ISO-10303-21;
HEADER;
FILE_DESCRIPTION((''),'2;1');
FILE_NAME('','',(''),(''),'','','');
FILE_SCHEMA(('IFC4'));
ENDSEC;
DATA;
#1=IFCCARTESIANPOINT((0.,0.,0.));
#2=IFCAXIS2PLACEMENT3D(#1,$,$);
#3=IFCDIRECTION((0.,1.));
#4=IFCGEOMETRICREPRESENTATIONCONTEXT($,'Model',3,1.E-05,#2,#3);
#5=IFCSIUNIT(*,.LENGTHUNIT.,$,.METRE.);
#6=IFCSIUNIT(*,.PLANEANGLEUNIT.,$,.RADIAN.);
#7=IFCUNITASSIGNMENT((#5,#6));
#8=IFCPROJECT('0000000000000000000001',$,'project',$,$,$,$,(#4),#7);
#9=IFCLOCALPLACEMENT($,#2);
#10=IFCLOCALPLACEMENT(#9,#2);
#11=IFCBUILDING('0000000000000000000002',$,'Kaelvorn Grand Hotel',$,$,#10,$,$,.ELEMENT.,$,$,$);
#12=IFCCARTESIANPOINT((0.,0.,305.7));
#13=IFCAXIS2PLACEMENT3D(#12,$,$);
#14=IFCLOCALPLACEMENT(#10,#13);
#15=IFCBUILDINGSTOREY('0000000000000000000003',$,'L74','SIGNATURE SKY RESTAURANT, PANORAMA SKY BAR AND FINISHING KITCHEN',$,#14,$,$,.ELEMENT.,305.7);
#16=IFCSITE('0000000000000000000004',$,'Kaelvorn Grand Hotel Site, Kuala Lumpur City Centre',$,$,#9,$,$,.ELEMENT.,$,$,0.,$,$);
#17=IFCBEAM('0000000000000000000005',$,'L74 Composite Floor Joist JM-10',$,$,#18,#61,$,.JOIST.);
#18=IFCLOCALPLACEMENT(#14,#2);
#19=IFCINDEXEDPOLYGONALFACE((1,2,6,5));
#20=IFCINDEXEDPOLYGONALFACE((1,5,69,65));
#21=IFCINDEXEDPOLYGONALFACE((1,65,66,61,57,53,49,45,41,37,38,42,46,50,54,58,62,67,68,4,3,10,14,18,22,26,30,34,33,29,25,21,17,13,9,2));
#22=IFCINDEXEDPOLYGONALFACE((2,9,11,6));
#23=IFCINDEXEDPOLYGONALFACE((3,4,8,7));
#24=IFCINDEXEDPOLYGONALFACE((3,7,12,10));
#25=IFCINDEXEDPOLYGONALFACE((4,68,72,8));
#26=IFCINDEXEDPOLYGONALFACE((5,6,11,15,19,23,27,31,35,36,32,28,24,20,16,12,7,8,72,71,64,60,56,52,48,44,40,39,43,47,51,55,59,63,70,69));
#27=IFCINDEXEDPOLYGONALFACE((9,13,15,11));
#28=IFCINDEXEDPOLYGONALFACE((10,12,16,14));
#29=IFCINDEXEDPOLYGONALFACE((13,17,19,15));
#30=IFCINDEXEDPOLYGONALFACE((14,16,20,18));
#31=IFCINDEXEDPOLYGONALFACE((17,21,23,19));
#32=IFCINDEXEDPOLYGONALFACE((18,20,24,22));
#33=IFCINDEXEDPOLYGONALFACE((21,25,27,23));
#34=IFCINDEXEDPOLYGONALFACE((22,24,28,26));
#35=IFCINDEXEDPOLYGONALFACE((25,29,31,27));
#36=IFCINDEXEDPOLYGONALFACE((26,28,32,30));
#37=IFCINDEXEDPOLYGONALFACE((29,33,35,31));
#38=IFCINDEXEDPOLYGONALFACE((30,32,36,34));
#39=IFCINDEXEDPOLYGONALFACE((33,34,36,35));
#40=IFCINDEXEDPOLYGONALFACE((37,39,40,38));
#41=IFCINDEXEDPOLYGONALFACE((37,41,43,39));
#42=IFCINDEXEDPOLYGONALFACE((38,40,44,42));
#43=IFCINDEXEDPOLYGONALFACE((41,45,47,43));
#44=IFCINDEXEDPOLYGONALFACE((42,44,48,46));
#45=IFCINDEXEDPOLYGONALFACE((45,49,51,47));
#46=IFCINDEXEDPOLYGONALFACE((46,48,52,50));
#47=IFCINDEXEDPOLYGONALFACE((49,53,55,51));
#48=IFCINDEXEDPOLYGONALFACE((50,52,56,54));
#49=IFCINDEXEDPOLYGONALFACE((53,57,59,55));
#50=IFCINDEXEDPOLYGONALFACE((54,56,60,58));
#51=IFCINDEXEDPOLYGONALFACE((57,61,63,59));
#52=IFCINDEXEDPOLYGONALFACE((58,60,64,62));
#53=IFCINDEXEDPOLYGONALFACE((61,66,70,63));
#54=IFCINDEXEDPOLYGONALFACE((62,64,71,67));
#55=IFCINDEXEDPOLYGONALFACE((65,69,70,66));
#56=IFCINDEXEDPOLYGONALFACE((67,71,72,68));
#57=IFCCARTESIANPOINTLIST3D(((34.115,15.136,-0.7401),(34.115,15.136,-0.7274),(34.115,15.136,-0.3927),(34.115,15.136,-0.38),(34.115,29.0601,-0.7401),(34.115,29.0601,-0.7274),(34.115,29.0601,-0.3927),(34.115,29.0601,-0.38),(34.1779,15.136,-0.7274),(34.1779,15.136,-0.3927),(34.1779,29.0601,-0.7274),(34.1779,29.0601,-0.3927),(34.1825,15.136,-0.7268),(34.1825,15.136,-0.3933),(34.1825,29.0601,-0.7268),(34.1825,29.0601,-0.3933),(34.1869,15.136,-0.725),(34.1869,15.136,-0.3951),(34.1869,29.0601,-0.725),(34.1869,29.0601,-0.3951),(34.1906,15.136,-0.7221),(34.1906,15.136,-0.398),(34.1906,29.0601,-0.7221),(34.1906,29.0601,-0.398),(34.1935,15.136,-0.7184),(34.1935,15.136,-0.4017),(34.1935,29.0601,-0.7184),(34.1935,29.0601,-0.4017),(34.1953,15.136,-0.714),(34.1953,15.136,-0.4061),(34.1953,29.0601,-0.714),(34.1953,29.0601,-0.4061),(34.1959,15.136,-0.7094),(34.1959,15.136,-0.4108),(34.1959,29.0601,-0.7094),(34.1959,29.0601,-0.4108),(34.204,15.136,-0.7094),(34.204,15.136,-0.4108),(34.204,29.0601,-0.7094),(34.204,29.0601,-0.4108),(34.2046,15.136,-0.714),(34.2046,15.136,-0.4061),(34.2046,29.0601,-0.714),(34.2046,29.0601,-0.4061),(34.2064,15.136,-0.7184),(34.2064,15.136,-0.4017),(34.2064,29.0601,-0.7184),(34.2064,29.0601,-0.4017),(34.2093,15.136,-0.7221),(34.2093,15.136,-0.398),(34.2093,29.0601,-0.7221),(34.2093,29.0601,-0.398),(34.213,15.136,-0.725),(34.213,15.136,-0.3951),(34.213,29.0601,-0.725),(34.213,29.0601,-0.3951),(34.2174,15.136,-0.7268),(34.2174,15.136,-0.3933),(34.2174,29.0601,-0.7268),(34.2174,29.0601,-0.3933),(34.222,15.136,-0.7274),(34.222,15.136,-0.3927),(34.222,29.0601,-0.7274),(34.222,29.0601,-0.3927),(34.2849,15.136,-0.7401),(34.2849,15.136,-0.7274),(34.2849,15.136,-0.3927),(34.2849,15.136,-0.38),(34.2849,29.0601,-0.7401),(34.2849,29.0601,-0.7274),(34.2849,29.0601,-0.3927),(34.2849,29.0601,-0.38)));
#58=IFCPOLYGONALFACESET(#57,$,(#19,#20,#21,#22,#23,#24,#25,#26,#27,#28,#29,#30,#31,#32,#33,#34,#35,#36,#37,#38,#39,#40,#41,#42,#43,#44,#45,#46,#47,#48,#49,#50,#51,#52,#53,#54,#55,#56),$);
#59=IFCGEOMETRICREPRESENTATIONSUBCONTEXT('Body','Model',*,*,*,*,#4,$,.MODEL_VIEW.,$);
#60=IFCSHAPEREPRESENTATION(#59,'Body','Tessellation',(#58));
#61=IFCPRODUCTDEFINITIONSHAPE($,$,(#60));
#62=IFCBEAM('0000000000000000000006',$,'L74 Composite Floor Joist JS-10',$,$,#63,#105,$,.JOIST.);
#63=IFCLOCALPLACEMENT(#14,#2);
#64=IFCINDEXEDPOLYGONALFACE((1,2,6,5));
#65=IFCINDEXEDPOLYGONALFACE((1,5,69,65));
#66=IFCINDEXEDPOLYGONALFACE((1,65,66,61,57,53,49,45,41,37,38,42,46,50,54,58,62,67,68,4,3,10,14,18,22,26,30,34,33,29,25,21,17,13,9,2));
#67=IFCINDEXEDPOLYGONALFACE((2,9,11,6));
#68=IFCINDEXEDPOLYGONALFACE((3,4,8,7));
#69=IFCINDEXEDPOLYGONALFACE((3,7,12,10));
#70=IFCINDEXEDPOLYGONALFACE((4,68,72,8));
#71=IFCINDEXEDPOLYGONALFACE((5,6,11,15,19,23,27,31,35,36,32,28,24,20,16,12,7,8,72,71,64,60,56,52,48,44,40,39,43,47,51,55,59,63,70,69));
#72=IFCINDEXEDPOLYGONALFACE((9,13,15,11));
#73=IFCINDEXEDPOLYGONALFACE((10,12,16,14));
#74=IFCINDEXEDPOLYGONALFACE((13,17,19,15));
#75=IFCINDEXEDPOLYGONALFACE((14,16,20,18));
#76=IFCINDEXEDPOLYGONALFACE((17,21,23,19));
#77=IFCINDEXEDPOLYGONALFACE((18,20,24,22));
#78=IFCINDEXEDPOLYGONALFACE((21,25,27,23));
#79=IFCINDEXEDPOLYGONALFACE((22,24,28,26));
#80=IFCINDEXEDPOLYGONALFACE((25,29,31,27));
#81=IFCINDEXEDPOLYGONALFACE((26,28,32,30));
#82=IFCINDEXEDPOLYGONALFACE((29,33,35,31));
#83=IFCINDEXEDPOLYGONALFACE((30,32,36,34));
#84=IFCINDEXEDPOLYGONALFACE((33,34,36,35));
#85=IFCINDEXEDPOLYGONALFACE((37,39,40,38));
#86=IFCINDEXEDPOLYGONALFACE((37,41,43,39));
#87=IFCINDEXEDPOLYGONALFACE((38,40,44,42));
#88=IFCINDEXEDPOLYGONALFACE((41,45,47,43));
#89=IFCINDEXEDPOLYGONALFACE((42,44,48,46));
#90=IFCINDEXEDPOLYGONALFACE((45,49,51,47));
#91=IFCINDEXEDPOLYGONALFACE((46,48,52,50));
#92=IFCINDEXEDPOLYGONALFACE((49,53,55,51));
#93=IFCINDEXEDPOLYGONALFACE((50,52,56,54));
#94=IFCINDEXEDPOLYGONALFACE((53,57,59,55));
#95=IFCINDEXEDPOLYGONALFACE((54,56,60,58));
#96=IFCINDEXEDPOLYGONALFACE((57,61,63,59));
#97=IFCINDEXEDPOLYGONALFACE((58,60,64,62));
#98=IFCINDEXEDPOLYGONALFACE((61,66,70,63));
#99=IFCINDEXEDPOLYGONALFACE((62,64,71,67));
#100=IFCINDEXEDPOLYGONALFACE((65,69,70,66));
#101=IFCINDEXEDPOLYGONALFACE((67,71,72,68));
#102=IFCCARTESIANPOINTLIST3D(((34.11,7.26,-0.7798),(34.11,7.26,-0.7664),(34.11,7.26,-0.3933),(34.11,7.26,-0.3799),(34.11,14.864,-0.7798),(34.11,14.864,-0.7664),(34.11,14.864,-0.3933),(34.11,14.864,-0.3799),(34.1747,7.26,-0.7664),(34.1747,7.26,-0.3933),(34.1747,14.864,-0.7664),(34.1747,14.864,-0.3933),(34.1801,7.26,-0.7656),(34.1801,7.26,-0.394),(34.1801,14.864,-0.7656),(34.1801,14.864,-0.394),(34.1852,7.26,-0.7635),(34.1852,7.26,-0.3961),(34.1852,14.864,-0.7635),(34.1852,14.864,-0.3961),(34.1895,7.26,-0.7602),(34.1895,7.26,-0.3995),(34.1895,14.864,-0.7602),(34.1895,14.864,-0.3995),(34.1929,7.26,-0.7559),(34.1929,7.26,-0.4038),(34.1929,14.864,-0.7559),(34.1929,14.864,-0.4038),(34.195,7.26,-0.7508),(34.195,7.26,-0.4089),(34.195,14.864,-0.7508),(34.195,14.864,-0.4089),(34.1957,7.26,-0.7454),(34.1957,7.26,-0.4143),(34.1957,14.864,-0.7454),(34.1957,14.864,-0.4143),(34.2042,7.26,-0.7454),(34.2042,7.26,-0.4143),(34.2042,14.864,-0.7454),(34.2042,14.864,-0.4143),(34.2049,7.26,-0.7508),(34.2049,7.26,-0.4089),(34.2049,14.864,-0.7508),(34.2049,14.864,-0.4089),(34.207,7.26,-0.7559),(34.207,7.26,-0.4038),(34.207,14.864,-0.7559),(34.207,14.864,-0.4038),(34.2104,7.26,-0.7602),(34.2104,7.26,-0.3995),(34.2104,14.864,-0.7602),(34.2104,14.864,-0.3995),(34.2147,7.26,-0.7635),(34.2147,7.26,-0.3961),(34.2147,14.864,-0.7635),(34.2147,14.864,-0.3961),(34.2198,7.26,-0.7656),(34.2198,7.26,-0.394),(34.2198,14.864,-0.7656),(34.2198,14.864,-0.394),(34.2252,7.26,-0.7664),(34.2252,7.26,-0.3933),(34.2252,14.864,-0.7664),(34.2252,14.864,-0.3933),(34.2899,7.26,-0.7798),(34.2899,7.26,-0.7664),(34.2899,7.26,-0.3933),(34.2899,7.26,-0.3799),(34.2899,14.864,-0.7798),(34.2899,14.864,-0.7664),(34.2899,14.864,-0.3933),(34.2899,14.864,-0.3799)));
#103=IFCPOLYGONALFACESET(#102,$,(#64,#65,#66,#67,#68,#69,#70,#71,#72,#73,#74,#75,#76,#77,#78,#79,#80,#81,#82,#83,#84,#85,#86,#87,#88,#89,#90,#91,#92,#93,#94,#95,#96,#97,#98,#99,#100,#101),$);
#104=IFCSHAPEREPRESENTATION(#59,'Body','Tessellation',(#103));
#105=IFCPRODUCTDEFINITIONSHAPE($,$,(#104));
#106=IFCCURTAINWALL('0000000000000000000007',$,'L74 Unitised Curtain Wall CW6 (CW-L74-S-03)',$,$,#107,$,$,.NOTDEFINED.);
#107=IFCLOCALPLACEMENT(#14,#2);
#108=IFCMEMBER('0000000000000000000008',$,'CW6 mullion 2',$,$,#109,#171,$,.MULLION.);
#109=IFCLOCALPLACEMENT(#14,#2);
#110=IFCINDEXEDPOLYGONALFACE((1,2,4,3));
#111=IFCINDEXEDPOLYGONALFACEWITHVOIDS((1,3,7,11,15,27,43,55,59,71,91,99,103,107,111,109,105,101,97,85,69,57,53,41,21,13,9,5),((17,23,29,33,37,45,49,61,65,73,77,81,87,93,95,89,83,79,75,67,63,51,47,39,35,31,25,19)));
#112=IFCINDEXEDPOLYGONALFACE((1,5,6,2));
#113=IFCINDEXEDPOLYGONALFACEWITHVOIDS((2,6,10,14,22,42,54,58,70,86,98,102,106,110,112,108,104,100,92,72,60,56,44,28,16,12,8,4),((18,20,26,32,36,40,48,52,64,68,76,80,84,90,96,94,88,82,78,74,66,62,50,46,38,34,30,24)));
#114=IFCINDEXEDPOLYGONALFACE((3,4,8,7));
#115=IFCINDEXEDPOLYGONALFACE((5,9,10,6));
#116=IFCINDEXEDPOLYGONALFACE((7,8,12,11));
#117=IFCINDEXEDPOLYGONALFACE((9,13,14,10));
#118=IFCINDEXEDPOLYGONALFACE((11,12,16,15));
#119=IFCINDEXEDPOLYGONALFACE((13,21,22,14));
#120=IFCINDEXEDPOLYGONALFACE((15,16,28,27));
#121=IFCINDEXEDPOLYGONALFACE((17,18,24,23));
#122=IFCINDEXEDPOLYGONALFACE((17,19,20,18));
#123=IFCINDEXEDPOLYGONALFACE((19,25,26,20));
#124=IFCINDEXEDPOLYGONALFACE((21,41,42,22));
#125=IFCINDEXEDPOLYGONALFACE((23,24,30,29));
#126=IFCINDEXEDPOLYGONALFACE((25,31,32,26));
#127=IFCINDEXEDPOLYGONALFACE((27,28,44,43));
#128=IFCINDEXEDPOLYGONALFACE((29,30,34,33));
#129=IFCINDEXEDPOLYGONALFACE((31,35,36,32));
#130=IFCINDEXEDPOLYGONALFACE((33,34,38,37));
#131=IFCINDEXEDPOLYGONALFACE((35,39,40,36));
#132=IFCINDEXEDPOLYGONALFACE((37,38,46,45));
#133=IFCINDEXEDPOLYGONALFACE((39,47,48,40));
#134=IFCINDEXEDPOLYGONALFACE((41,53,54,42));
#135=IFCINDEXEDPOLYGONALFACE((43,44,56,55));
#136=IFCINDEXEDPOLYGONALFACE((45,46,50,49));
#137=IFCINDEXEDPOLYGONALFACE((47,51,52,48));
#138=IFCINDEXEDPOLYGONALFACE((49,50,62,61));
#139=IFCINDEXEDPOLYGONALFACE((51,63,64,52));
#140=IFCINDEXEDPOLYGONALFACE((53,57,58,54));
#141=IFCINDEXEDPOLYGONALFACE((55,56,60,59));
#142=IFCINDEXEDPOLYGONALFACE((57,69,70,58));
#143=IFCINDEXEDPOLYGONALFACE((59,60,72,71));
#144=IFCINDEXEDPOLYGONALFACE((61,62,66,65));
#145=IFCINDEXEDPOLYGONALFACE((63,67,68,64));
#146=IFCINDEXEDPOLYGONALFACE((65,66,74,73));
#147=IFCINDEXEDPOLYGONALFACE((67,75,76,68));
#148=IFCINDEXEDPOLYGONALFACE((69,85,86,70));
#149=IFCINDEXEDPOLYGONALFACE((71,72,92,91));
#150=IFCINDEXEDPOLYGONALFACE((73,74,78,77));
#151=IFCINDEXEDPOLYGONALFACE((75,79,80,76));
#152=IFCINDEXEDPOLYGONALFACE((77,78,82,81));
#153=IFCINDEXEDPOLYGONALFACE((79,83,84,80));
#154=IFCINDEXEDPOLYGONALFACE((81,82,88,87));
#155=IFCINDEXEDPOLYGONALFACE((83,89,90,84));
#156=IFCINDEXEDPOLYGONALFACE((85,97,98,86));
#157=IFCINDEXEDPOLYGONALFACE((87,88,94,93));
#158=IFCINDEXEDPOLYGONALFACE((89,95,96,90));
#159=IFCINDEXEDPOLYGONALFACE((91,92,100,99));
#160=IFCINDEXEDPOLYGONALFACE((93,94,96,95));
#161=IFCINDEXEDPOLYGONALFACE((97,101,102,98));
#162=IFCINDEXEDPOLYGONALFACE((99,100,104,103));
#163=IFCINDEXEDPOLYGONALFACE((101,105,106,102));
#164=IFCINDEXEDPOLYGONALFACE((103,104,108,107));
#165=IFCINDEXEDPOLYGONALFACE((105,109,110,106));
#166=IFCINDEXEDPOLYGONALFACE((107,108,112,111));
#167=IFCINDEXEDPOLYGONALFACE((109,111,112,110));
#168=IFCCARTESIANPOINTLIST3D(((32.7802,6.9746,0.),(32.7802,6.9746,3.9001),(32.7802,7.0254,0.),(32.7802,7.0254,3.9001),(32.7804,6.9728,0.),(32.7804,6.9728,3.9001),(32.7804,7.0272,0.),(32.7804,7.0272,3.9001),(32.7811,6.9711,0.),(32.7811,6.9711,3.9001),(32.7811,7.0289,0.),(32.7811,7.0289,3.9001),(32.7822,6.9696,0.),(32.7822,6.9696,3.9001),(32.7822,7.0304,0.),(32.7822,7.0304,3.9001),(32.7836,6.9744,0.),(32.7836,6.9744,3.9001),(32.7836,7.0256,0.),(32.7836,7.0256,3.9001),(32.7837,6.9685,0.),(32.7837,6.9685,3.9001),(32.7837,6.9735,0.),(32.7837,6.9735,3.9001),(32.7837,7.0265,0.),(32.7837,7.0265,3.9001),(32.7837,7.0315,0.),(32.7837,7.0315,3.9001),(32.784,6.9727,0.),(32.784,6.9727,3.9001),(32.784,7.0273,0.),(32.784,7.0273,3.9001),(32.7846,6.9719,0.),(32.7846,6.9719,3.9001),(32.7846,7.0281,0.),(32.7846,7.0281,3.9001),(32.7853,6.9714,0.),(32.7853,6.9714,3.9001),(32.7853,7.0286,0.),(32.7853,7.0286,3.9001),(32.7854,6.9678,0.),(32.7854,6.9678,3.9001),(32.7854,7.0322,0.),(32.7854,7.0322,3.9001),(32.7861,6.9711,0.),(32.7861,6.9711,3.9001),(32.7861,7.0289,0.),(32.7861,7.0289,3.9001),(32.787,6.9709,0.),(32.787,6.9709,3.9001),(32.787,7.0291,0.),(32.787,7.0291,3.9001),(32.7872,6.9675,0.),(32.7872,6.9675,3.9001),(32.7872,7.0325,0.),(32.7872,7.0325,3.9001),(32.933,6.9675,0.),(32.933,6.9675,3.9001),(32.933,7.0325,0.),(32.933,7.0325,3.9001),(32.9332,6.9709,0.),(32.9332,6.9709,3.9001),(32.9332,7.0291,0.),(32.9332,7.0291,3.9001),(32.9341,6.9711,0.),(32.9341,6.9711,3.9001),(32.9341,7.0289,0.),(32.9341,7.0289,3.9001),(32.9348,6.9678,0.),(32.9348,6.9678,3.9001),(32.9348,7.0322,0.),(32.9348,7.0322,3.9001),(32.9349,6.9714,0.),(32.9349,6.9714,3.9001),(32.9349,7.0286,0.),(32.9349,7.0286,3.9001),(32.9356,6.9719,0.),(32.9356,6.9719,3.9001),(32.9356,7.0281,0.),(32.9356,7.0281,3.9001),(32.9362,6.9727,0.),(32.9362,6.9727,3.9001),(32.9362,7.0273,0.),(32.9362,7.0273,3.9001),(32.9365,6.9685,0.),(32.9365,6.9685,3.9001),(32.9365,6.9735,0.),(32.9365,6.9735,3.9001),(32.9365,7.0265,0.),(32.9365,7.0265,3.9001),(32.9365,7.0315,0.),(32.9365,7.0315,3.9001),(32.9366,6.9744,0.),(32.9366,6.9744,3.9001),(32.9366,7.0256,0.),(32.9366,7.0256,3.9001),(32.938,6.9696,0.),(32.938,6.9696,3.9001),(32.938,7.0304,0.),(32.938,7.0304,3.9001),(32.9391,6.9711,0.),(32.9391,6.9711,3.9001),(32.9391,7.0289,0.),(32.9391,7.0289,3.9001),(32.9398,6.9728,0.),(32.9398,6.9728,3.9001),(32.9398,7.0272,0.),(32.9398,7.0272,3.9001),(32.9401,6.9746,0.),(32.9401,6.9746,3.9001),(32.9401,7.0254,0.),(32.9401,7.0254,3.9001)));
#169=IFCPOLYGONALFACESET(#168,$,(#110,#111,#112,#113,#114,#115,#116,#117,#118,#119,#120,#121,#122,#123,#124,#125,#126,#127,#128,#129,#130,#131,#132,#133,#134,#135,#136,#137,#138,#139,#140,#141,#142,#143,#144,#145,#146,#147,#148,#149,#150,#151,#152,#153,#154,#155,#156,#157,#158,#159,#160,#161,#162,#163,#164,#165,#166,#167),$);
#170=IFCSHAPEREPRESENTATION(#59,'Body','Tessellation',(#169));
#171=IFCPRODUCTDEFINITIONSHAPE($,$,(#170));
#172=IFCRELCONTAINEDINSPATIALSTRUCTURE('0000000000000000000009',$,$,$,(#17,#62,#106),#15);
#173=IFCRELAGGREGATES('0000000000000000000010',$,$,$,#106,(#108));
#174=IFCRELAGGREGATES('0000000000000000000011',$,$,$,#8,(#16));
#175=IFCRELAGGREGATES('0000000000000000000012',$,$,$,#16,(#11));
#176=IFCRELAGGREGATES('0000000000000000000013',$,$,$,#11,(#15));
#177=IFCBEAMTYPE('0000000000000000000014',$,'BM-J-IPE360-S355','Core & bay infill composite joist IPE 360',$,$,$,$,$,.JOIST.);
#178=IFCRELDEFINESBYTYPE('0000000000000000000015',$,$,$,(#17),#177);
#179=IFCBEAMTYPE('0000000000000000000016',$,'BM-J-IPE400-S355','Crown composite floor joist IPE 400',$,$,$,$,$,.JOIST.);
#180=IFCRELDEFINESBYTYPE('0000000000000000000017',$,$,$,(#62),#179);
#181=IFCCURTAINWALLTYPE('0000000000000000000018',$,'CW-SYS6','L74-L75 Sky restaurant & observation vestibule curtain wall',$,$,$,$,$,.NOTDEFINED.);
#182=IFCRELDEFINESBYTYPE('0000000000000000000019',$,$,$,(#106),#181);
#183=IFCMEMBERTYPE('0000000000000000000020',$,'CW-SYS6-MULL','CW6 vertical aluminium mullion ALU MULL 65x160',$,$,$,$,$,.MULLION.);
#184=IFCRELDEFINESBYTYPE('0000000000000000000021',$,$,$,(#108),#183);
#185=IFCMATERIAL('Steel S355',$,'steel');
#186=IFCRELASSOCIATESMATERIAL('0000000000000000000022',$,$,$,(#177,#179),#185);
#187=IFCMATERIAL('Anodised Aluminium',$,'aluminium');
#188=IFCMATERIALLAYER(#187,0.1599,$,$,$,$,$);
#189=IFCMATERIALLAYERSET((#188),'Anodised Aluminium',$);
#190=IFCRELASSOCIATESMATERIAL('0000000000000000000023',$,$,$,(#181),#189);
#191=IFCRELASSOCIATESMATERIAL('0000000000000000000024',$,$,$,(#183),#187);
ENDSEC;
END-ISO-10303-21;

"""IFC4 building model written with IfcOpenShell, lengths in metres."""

from ifc_helpers import new_model, si_unit, direction, frame, origin, origin_2d, place, context, subcontext, project, spatial, hollow_rectangle, i_section, extrude, material, layer, layer_set, material_profile, profile_set, type_object, element, aggregate, save


model = new_model("IFC4")

# Units and contexts
model_context = context("Model", 3, precision=1e-05, world=origin(), true_north=direction((0.0, 1.0)))
body_context = subcontext(model_context, "Body", "Model", "MODEL_VIEW")
ifc_project = project(units=[si_unit("LENGTHUNIT", "METRE"), si_unit("PLANEANGLEUNIT", "RADIAN")], contexts=[model_context])

# Site, building, storey
site_placement = place(None, origin())
site = spatial("IfcSite", under=ifc_project, at=site_placement, Name="Kaelvorn Grand Hotel Site, Kuala Lumpur City Centre", CompositionType="ELEMENT", RefElevation=0.0)
building_placement = place(site_placement, origin())
building = spatial("IfcBuilding", under=site, at=building_placement, Name="Kaelvorn Grand Hotel", CompositionType="ELEMENT")
storey_placement = place(building_placement, frame((0.0, 0.0, 305.7)))
storey = spatial("IfcBuildingStorey", under=building, at=storey_placement, Name="L74", Description="SIGNATURE SKY RESTAURANT, PANORAMA SKY BAR AND FINISHING KITCHEN", CompositionType="ELEMENT", Elevation=305.7)

# Beams
ifc_material_1 = material(Name="Steel S355", Category="steel")
ifc_material_profile_1 = material_profile(ifc_material_1, i_section(OverallWidth=0.1699, OverallDepth=0.3601, WebThickness=0.0081, FlangeThickness=0.0127, FilletRadius=0.0181, at=origin_2d()), Name="IPE 360")
ifc_profile_set_1 = profile_set([ifc_material_profile_1], Name="Steel S355")
beam_type_1 = type_object("IfcBeamType", Name="BM-J-IPE360-S355", Description="Core & bay infill composite joist IPE 360", PredefinedType="JOIST", material=ifc_profile_set_1)
beam_1_placement = place(storey_placement, frame((34.2, 15.136, -0.5601), z_axis=(0.0, 1.0, 0.0), x_axis=(-1.0, 0.0, 0.0)))
element("IfcBeam", 1, at=beam_1_placement, inside=storey, type_object=beam_type_1, Name="L74 Composite Floor Joist JM-10", PredefinedType="JOIST", context=body_context, shape_type="SweptSolid", body=[
    extrude(i_section(OverallWidth=0.1699, OverallDepth=0.3601, WebThickness=0.0081, FlangeThickness=0.0127, FilletRadius=0.0181, at=origin_2d()), origin(), (0.0, 0.0, 1.0), 13.9241),
])
ifc_material_profile_2 = material_profile(ifc_material_1, i_section(OverallWidth=0.1799, OverallDepth=0.3999, WebThickness=0.0085, FlangeThickness=0.0134, FilletRadius=0.021, at=origin_2d()), Name="IPE 400")
ifc_profile_set_2 = profile_set([ifc_material_profile_2], Name="Steel S355")
beam_type_2 = type_object("IfcBeamType", Name="BM-J-IPE400-S355", Description="Crown composite floor joist IPE 400", PredefinedType="JOIST", material=ifc_profile_set_2)
beam_2_placement = place(storey_placement, frame((34.2, 7.26, -0.5798), z_axis=(0.0, 1.0, 0.0), x_axis=(-1.0, 0.0, 0.0)))
element("IfcBeam", 2, at=beam_2_placement, inside=storey, type_object=beam_type_2, Name="L74 Composite Floor Joist JS-10", PredefinedType="JOIST", context=body_context, shape_type="SweptSolid", body=[
    extrude(i_section(OverallWidth=0.1799, OverallDepth=0.3999, WebThickness=0.0085, FlangeThickness=0.0134, FilletRadius=0.021, at=origin_2d()), origin(), (0.0, 0.0, 1.0), 7.604),
])

# Curtain wall, member
ifc_material_2 = material(Name="Anodised Aluminium", Category="aluminium")
ifc_layer_1 = layer(ifc_material_2, 0.1599)
ifc_layer_set_1 = layer_set([ifc_layer_1], Name="Anodised Aluminium")
curtain_wall_type = type_object("IfcCurtainWallType", Name="CW-SYS6", Description="L74-L75 Sky restaurant & observation vestibule curtain wall", PredefinedType="NOTDEFINED", material=ifc_layer_set_1)
curtain_wall_placement = place(storey_placement, origin())
curtain_wall = element("IfcCurtainWall", 3, at=curtain_wall_placement, inside=storey, type_object=curtain_wall_type, Name="L74 Unitised Curtain Wall CW6 (CW-L74-S-03)", PredefinedType="NOTDEFINED")
ifc_material_profile_3 = material_profile(ifc_material_2, hollow_rectangle(XDim=0.0649, YDim=0.1599, WallThickness=0.0034, InnerFilletRadius=0.0034, OuterFilletRadius=0.0071, at=origin_2d()), Name="ALU MULL 65x160")
ifc_profile_set_3 = profile_set([ifc_material_profile_3], Name="Anodised Aluminium")
member_type_1 = type_object("IfcMemberType", Name="CW-SYS6-MULL", Description="CW6 vertical aluminium mullion ALU MULL 65x160", PredefinedType="MULLION", material=ifc_profile_set_3)
member_1_placement = place(storey_placement, frame((32.8601, 7.0, 0.0), z_axis=(0.0, 0.0, 1.0), x_axis=(0.0, 1.0, 0.0)))
member_1 = element("IfcMember", 4, at=member_1_placement, type_object=member_type_1, Name="CW6 mullion 2", PredefinedType="MULLION", context=body_context, shape_type="SweptSolid", body=[
    extrude(hollow_rectangle(XDim=0.0649, YDim=0.1599, WallThickness=0.0034, InnerFilletRadius=0.0034, OuterFilletRadius=0.0071, at=origin_2d()), origin(), (0.0, 0.0, 1.0), 3.9001),
])
aggregate(curtain_wall, [member_1])

save(model, "model.ifc")
